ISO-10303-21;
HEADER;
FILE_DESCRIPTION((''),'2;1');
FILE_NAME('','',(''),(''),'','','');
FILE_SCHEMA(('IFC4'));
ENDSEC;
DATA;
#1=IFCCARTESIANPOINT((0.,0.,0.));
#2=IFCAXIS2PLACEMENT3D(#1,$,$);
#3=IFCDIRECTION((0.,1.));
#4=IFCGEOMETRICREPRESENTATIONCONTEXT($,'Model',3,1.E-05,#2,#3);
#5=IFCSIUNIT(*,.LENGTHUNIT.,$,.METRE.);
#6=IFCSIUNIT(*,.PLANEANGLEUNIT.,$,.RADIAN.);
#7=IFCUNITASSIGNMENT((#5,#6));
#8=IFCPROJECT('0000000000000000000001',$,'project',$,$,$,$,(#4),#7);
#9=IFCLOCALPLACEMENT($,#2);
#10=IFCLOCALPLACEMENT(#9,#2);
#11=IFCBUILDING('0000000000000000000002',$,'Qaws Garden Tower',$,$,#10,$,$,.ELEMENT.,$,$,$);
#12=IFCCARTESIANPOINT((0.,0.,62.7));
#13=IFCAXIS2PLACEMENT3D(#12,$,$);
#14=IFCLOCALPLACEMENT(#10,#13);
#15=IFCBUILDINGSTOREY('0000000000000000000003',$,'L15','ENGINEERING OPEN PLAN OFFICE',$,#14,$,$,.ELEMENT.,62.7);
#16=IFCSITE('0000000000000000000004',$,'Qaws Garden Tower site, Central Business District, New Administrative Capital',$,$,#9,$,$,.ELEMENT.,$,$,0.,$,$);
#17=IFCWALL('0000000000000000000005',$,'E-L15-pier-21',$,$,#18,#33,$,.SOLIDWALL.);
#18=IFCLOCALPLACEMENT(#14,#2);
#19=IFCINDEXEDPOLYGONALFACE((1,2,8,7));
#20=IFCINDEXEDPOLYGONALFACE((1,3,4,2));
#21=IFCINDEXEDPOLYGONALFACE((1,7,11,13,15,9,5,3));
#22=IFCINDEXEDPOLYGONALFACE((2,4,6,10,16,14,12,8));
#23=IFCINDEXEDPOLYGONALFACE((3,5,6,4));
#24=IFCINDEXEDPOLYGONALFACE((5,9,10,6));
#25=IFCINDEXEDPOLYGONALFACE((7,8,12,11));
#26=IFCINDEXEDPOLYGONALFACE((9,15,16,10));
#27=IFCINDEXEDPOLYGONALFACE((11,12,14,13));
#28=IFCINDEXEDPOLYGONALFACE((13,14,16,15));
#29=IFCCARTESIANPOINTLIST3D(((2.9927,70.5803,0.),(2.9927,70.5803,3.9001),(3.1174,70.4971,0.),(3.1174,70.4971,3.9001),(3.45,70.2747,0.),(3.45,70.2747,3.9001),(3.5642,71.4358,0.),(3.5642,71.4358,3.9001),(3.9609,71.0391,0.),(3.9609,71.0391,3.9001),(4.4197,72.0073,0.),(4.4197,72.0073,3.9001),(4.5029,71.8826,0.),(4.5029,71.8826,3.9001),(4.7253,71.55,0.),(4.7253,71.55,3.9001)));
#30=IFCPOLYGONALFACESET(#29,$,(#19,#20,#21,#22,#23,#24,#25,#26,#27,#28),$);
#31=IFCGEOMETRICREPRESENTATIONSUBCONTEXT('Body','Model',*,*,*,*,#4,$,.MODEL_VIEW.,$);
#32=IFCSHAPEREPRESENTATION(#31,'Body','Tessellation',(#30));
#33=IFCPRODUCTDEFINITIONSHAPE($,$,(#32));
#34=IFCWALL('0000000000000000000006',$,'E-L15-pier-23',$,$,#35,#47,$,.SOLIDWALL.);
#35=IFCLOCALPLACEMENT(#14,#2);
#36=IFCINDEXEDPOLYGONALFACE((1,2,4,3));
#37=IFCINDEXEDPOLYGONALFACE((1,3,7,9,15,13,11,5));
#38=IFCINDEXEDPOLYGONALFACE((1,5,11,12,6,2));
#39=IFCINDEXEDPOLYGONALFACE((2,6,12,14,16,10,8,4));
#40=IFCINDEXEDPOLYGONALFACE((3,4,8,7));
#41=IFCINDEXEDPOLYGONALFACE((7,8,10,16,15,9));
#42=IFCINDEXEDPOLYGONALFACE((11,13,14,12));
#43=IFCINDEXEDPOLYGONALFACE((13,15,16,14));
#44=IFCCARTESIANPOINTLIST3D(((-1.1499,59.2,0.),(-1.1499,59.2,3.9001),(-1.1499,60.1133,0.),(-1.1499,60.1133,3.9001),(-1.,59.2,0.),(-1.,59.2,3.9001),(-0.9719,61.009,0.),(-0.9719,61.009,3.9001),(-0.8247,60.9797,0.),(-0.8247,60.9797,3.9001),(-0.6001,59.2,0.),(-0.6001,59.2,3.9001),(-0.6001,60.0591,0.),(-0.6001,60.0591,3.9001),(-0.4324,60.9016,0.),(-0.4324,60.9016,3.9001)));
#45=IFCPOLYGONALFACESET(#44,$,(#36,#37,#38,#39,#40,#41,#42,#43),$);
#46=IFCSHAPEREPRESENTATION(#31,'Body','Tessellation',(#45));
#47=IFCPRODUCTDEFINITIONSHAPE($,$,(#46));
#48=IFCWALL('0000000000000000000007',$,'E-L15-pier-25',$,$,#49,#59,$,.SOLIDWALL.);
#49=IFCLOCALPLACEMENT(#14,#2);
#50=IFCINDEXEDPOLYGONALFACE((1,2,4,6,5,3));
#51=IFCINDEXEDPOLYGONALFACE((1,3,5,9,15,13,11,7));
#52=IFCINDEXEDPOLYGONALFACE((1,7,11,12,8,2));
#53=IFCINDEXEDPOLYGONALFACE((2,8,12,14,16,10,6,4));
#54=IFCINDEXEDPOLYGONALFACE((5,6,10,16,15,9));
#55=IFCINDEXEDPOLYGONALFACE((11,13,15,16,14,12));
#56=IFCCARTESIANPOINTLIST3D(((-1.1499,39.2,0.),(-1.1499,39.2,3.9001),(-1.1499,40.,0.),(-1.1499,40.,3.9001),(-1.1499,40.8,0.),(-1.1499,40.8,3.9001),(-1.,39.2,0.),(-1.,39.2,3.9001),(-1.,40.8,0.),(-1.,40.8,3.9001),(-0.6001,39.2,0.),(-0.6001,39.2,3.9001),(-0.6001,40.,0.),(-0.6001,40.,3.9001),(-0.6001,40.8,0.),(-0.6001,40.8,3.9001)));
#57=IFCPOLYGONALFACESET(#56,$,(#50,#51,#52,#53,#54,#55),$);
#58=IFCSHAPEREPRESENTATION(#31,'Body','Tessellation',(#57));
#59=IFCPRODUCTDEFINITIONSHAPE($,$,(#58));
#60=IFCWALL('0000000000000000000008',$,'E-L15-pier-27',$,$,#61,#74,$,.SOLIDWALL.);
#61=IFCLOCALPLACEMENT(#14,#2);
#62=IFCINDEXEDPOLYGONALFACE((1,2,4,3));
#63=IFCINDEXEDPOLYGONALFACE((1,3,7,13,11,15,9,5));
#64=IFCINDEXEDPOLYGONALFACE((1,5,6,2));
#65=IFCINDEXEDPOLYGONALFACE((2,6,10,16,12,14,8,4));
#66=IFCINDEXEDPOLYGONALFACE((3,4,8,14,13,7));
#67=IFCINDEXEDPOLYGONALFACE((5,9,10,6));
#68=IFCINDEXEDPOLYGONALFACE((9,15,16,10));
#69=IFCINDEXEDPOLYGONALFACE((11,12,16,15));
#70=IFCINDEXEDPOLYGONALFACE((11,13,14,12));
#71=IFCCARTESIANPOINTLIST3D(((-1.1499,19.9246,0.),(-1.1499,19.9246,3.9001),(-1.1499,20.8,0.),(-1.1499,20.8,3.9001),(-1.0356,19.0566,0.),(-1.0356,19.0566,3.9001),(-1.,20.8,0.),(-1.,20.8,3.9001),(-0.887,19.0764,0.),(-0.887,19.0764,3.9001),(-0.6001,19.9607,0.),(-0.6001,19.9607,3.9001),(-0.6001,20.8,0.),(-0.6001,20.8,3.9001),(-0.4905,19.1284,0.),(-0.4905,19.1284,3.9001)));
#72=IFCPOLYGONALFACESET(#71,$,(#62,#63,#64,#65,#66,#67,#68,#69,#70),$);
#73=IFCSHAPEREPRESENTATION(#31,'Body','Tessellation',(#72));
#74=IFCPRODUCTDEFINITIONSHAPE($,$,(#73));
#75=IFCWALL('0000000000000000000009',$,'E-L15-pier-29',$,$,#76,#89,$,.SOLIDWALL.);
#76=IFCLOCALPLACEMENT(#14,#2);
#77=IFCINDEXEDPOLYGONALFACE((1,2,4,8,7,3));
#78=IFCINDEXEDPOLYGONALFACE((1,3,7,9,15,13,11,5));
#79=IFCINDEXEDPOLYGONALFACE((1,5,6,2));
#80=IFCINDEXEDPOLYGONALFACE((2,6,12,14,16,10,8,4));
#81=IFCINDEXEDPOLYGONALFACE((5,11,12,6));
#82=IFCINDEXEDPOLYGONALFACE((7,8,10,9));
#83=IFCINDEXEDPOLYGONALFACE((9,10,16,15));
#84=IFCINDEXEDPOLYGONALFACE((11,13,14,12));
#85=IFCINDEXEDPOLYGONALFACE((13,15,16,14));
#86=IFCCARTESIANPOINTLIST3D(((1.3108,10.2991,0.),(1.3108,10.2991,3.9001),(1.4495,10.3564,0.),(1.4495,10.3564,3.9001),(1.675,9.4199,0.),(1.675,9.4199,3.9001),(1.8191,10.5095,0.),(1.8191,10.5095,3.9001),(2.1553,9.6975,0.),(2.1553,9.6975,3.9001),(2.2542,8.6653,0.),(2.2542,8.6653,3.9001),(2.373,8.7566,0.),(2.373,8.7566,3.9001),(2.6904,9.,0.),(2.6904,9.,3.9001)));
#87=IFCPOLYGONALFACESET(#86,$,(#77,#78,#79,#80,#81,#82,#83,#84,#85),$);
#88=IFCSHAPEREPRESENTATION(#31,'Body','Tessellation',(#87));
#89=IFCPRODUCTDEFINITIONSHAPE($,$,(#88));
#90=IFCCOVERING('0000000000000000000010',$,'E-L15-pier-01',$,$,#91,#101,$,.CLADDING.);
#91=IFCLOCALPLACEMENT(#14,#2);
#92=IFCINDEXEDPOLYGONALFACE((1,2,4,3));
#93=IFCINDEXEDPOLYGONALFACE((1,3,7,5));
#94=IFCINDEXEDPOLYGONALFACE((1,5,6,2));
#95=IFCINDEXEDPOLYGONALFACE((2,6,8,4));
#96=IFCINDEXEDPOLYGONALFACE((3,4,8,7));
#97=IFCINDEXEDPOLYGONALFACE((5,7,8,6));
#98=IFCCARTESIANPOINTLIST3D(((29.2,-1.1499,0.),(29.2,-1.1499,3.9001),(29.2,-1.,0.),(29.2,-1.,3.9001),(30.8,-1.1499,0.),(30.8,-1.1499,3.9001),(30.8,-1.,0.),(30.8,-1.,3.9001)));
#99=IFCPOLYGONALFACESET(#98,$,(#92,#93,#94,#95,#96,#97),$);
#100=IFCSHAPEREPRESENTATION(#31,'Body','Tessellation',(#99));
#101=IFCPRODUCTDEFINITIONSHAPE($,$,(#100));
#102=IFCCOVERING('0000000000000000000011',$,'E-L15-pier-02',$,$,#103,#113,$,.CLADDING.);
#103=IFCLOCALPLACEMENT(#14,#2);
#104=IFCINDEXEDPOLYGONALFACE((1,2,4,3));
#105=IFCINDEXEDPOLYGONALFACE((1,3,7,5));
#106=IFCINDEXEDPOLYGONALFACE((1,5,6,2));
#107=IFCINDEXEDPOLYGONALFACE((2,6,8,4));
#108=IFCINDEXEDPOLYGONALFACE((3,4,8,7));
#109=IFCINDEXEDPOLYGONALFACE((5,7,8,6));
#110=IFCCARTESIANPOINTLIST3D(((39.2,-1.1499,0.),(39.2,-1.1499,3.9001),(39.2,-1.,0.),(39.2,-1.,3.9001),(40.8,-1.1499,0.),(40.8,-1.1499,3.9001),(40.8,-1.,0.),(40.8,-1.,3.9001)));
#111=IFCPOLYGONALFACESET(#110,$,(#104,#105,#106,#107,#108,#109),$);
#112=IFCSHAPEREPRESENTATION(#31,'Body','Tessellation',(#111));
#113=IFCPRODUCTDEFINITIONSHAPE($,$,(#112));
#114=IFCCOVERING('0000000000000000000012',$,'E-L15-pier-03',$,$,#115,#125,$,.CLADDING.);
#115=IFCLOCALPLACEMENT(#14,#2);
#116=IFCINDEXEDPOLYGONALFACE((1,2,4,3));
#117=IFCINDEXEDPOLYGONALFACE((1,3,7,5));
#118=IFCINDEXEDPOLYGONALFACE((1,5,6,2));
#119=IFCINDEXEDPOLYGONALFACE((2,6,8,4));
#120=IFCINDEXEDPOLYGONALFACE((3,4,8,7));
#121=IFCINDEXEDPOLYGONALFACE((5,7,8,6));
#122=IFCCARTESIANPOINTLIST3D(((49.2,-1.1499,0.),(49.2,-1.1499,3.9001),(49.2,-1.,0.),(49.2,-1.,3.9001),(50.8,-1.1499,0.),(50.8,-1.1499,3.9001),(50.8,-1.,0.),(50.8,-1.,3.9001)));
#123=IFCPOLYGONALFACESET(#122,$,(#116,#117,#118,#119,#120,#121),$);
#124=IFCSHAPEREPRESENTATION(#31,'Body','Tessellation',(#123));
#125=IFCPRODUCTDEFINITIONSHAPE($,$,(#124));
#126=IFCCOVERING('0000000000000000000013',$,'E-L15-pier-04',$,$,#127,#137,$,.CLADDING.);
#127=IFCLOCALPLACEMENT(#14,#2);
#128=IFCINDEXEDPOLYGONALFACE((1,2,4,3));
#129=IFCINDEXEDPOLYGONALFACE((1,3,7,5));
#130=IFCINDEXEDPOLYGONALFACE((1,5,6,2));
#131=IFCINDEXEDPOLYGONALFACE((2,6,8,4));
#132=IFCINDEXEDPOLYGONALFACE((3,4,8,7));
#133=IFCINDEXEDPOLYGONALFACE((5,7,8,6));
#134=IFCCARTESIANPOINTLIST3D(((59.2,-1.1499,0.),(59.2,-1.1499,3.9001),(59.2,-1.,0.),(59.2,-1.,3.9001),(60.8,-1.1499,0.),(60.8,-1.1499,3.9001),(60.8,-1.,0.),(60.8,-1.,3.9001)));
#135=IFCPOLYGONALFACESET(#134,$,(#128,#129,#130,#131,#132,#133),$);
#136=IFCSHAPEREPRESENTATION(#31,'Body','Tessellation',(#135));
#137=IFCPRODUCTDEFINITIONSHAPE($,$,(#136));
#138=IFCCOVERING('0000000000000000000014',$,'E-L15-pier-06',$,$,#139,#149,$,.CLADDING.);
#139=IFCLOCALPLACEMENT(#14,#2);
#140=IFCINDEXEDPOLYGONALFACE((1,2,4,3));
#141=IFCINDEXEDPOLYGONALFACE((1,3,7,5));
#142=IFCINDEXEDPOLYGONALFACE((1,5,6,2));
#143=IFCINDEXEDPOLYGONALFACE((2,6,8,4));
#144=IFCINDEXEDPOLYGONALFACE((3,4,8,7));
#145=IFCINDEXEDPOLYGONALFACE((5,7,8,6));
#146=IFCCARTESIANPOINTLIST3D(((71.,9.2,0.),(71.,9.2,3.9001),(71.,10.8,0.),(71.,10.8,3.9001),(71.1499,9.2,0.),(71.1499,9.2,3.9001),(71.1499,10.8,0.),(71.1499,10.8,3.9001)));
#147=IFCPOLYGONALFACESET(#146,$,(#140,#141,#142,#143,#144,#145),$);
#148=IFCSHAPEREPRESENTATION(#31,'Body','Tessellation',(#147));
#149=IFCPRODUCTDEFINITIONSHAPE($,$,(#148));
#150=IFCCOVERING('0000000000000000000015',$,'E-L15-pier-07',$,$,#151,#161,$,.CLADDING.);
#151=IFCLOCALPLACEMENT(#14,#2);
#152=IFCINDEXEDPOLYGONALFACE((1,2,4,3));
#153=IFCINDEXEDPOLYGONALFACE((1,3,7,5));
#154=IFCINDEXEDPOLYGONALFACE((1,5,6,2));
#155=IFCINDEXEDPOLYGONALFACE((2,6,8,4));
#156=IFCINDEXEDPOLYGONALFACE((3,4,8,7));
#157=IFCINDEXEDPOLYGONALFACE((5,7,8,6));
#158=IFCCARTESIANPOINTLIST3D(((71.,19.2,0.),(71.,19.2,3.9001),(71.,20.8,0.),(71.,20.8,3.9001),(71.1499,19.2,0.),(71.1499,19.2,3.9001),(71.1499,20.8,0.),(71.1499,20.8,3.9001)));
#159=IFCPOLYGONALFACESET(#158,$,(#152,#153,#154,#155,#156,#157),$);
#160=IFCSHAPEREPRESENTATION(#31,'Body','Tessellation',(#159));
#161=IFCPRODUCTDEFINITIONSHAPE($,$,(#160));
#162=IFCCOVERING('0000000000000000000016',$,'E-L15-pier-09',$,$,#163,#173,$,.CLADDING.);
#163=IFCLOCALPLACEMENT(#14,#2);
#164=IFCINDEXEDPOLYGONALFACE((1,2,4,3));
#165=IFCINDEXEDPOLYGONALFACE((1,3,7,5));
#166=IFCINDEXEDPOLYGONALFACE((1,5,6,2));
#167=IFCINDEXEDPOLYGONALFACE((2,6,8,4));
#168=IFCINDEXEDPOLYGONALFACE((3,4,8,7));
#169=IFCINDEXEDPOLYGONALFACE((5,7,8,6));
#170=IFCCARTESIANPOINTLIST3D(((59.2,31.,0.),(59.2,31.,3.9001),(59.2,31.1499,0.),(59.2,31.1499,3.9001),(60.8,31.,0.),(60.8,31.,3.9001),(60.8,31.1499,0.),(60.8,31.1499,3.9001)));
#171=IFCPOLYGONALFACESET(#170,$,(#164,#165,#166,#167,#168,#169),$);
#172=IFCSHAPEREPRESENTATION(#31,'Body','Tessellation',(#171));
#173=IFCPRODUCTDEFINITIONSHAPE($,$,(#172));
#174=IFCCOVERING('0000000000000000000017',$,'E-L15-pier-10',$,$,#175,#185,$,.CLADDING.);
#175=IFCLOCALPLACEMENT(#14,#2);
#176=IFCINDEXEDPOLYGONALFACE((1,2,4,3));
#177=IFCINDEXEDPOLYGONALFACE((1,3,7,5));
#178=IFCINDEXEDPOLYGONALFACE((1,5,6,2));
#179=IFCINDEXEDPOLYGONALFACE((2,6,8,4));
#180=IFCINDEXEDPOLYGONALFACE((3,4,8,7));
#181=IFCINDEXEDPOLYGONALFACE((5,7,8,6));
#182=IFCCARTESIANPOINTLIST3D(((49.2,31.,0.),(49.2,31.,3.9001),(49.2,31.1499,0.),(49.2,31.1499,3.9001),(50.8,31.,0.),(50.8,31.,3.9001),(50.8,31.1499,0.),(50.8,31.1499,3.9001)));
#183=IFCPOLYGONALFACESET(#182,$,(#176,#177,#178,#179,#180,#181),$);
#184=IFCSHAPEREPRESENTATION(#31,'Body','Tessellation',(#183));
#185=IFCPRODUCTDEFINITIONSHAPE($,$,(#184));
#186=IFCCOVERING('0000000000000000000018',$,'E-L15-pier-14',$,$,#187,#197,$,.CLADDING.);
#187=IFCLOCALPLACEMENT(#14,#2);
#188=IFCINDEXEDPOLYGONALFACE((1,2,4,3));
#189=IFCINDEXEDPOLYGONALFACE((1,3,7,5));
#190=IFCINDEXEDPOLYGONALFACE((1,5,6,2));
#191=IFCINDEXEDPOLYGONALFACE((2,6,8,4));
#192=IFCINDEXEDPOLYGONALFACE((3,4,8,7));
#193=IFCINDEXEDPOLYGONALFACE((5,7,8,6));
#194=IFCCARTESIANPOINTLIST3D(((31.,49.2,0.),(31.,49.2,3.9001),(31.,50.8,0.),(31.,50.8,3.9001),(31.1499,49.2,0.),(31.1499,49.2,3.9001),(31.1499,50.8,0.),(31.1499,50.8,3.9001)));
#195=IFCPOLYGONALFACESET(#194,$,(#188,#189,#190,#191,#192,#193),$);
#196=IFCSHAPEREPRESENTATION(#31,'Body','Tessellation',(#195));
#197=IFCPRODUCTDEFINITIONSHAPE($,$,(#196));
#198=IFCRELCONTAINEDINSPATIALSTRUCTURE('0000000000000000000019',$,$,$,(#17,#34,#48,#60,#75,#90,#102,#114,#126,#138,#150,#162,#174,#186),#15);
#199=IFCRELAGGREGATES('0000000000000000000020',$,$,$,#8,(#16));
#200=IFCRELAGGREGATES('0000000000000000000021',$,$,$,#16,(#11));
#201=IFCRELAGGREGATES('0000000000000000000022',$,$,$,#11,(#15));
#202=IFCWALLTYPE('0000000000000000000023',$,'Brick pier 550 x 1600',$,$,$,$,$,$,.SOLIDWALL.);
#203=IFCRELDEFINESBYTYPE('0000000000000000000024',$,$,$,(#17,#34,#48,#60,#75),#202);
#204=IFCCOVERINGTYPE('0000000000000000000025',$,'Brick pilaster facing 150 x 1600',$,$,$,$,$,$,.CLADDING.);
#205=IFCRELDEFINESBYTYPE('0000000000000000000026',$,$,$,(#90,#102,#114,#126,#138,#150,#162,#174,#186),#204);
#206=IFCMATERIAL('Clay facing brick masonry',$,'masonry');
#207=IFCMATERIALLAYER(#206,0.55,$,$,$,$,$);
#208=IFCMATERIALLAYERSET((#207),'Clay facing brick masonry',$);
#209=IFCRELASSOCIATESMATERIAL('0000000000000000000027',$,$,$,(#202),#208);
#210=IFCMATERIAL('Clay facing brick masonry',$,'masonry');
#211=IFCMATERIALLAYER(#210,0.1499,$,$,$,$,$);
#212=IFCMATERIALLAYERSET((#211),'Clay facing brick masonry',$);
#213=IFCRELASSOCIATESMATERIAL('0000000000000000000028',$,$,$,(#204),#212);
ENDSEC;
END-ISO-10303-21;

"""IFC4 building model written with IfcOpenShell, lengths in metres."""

from ifc_helpers import new_model, si_unit, direction, frame, origin, place, context, subcontext, project, spatial, polyline, outline, extrude, material, layer, layer_set, type_object, element, save


model = new_model("IFC4")

# Units and contexts
model_context = context("Model", 3, precision=1e-05, world=origin(), true_north=direction((0.0, 1.0)))
body_context = subcontext(model_context, "Body", "Model", "MODEL_VIEW")
ifc_project = project(units=[si_unit("LENGTHUNIT", "METRE"), si_unit("PLANEANGLEUNIT", "RADIAN")], contexts=[model_context])

# Site, building, storey
site_placement = place(None, origin())
site = spatial("IfcSite", under=ifc_project, at=site_placement, Name="Qaws Garden Tower site, Central Business District, New Administrative Capital", CompositionType="ELEMENT", RefElevation=0.0)
building_placement = place(site_placement, origin())
building = spatial("IfcBuilding", under=site, at=building_placement, Name="Qaws Garden Tower", CompositionType="ELEMENT")
storey_placement = place(building_placement, frame((0.0, 0.0, 62.7)))
storey = spatial("IfcBuildingStorey", under=building, at=storey_placement, Name="L15", Description="ENGINEERING OPEN PLAN OFFICE", CompositionType="ELEMENT", Elevation=62.7)

# Walls
placement = place(storey_placement, origin())
ifc_material_1 = material(Name="Clay facing brick masonry", Category="masonry")
ifc_layer_1 = layer(ifc_material_1, 0.55)
ifc_layer_set_1 = layer_set([ifc_layer_1], Name="Clay facing brick masonry")
wall_type_1 = type_object("IfcWallType", Name="Brick pier 550 x 1600", PredefinedType="SOLIDWALL", material=ifc_layer_set_1)
element("IfcWall", 1, at=placement, inside=storey, type_object=wall_type_1, Name="E-L15-pier-21", PredefinedType="SOLIDWALL", context=body_context, shape_type="SweptSolid", body=[
    extrude(outline(polyline([(4.5029, 71.8826), (4.4197, 72.0073), (3.5642, 71.4358), (2.9927, 70.5803), (3.1174, 70.4971), (3.45, 70.2747), (3.9609, 71.0391), (4.7253, 71.55), (4.5029, 71.8826)])), origin(), (0.0, 0.0, 1.0), 3.9001),
])
element("IfcWall", 2, at=placement, inside=storey, type_object=wall_type_1, Name="E-L15-pier-23", PredefinedType="SOLIDWALL", context=body_context, shape_type="SweptSolid", body=[
    extrude(outline(polyline([(-0.8247, 60.9797), (-0.9719, 61.009), (-1.1499, 60.1133), (-1.1499, 59.2), (-1.0, 59.2), (-0.6001, 59.2), (-0.6001, 60.0591), (-0.4324, 60.9016), (-0.8247, 60.9797)])), origin(), (0.0, 0.0, 1.0), 3.9001),
])
element("IfcWall", 3, at=placement, inside=storey, type_object=wall_type_1, Name="E-L15-pier-25", PredefinedType="SOLIDWALL", context=body_context, shape_type="SweptSolid", body=[
    extrude(outline(polyline([(-1.0, 40.8), (-1.1499, 40.8), (-1.1499, 40.0), (-1.1499, 39.2), (-1.0, 39.2), (-0.6001, 39.2), (-0.6001, 40.0), (-0.6001, 40.8), (-1.0, 40.8)])), origin(), (0.0, 0.0, 1.0), 3.9001),
])
element("IfcWall", 4, at=placement, inside=storey, type_object=wall_type_1, Name="E-L15-pier-27", PredefinedType="SOLIDWALL", context=body_context, shape_type="SweptSolid", body=[
    extrude(outline(polyline([(-1.0, 20.8), (-1.1499, 20.8), (-1.1499, 19.9246), (-1.0356, 19.0566), (-0.887, 19.0764), (-0.4905, 19.1284), (-0.6001, 19.9607), (-0.6001, 20.8), (-1.0, 20.8)])), origin(), (0.0, 0.0, 1.0), 3.9001),
])
element("IfcWall", 5, at=placement, inside=storey, type_object=wall_type_1, Name="E-L15-pier-29", PredefinedType="SOLIDWALL", context=body_context, shape_type="SweptSolid", body=[
    extrude(outline(polyline([(1.4495, 10.3564), (1.3108, 10.2991), (1.675, 9.4199), (2.2542, 8.6653), (2.373, 8.7566), (2.6904, 9.0), (2.1553, 9.6975), (1.8191, 10.5095), (1.4495, 10.3564)])), origin(), (0.0, 0.0, 1.0), 3.9001),
])

# Coverings
ifc_material_2 = material(Name="Clay facing brick masonry", Category="masonry")
ifc_layer_2 = layer(ifc_material_2, 0.1499)
ifc_layer_set_2 = layer_set([ifc_layer_2], Name="Clay facing brick masonry")
covering_type = type_object("IfcCoveringType", Name="Brick pilaster facing 150 x 1600", PredefinedType="CLADDING", material=ifc_layer_set_2)
element("IfcCovering", 6, at=placement, inside=storey, type_object=covering_type, Name="E-L15-pier-01", PredefinedType="CLADDING", context=body_context, shape_type="SweptSolid", body=[
    extrude(outline(polyline([(29.2, -1.0), (30.8, -1.0), (30.8, -1.1499), (29.2, -1.1499), (29.2, -1.0)])), origin(), (0.0, 0.0, 1.0), 3.9001),
])
element("IfcCovering", 7, at=placement, inside=storey, type_object=covering_type, Name="E-L15-pier-02", PredefinedType="CLADDING", context=body_context, shape_type="SweptSolid", body=[
    extrude(outline(polyline([(39.2, -1.0), (40.8, -1.0), (40.8, -1.1499), (39.2, -1.1499), (39.2, -1.0)])), origin(), (0.0, 0.0, 1.0), 3.9001),
])
element("IfcCovering", 8, at=placement, inside=storey, type_object=covering_type, Name="E-L15-pier-03", PredefinedType="CLADDING", context=body_context, shape_type="SweptSolid", body=[
    extrude(outline(polyline([(49.2, -1.0), (50.8, -1.0), (50.8, -1.1499), (49.2, -1.1499), (49.2, -1.0)])), origin(), (0.0, 0.0, 1.0), 3.9001),
])
element("IfcCovering", 9, at=placement, inside=storey, type_object=covering_type, Name="E-L15-pier-04", PredefinedType="CLADDING", context=body_context, shape_type="SweptSolid", body=[
    extrude(outline(polyline([(59.2, -1.0), (60.8, -1.0), (60.8, -1.1499), (59.2, -1.1499), (59.2, -1.0)])), origin(), (0.0, 0.0, 1.0), 3.9001),
])
element("IfcCovering", 10, at=placement, inside=storey, type_object=covering_type, Name="E-L15-pier-06", PredefinedType="CLADDING", context=body_context, shape_type="SweptSolid", body=[
    extrude(outline(polyline([(71.0, 9.2), (71.0, 10.8), (71.1499, 10.8), (71.1499, 9.2), (71.0, 9.2)])), origin(), (0.0, 0.0, 1.0), 3.9001),
])
element("IfcCovering", 11, at=placement, inside=storey, type_object=covering_type, Name="E-L15-pier-07", PredefinedType="CLADDING", context=body_context, shape_type="SweptSolid", body=[
    extrude(outline(polyline([(71.0, 19.2), (71.0, 20.8), (71.1499, 20.8), (71.1499, 19.2), (71.0, 19.2)])), origin(), (0.0, 0.0, 1.0), 3.9001),
])
element("IfcCovering", 12, at=placement, inside=storey, type_object=covering_type, Name="E-L15-pier-09", PredefinedType="CLADDING", context=body_context, shape_type="SweptSolid", body=[
    extrude(outline(polyline([(60.8, 31.0), (59.2, 31.0), (59.2, 31.1499), (60.8, 31.1499), (60.8, 31.0)])), origin(), (0.0, 0.0, 1.0), 3.9001),
])
element("IfcCovering", 13, at=placement, inside=storey, type_object=covering_type, Name="E-L15-pier-10", PredefinedType="CLADDING", context=body_context, shape_type="SweptSolid", body=[
    extrude(outline(polyline([(50.8, 31.0), (49.2, 31.0), (49.2, 31.1499), (50.8, 31.1499), (50.8, 31.0)])), origin(), (0.0, 0.0, 1.0), 3.9001),
])
element("IfcCovering", 14, at=placement, inside=storey, type_object=covering_type, Name="E-L15-pier-14", PredefinedType="CLADDING", context=body_context, shape_type="SweptSolid", body=[
    extrude(outline(polyline([(31.0, 49.2), (31.0, 50.8), (31.1499, 50.8), (31.1499, 49.2), (31.0, 49.2)])), origin(), (0.0, 0.0, 1.0), 3.9001),
])

save(model, "model.ifc")
